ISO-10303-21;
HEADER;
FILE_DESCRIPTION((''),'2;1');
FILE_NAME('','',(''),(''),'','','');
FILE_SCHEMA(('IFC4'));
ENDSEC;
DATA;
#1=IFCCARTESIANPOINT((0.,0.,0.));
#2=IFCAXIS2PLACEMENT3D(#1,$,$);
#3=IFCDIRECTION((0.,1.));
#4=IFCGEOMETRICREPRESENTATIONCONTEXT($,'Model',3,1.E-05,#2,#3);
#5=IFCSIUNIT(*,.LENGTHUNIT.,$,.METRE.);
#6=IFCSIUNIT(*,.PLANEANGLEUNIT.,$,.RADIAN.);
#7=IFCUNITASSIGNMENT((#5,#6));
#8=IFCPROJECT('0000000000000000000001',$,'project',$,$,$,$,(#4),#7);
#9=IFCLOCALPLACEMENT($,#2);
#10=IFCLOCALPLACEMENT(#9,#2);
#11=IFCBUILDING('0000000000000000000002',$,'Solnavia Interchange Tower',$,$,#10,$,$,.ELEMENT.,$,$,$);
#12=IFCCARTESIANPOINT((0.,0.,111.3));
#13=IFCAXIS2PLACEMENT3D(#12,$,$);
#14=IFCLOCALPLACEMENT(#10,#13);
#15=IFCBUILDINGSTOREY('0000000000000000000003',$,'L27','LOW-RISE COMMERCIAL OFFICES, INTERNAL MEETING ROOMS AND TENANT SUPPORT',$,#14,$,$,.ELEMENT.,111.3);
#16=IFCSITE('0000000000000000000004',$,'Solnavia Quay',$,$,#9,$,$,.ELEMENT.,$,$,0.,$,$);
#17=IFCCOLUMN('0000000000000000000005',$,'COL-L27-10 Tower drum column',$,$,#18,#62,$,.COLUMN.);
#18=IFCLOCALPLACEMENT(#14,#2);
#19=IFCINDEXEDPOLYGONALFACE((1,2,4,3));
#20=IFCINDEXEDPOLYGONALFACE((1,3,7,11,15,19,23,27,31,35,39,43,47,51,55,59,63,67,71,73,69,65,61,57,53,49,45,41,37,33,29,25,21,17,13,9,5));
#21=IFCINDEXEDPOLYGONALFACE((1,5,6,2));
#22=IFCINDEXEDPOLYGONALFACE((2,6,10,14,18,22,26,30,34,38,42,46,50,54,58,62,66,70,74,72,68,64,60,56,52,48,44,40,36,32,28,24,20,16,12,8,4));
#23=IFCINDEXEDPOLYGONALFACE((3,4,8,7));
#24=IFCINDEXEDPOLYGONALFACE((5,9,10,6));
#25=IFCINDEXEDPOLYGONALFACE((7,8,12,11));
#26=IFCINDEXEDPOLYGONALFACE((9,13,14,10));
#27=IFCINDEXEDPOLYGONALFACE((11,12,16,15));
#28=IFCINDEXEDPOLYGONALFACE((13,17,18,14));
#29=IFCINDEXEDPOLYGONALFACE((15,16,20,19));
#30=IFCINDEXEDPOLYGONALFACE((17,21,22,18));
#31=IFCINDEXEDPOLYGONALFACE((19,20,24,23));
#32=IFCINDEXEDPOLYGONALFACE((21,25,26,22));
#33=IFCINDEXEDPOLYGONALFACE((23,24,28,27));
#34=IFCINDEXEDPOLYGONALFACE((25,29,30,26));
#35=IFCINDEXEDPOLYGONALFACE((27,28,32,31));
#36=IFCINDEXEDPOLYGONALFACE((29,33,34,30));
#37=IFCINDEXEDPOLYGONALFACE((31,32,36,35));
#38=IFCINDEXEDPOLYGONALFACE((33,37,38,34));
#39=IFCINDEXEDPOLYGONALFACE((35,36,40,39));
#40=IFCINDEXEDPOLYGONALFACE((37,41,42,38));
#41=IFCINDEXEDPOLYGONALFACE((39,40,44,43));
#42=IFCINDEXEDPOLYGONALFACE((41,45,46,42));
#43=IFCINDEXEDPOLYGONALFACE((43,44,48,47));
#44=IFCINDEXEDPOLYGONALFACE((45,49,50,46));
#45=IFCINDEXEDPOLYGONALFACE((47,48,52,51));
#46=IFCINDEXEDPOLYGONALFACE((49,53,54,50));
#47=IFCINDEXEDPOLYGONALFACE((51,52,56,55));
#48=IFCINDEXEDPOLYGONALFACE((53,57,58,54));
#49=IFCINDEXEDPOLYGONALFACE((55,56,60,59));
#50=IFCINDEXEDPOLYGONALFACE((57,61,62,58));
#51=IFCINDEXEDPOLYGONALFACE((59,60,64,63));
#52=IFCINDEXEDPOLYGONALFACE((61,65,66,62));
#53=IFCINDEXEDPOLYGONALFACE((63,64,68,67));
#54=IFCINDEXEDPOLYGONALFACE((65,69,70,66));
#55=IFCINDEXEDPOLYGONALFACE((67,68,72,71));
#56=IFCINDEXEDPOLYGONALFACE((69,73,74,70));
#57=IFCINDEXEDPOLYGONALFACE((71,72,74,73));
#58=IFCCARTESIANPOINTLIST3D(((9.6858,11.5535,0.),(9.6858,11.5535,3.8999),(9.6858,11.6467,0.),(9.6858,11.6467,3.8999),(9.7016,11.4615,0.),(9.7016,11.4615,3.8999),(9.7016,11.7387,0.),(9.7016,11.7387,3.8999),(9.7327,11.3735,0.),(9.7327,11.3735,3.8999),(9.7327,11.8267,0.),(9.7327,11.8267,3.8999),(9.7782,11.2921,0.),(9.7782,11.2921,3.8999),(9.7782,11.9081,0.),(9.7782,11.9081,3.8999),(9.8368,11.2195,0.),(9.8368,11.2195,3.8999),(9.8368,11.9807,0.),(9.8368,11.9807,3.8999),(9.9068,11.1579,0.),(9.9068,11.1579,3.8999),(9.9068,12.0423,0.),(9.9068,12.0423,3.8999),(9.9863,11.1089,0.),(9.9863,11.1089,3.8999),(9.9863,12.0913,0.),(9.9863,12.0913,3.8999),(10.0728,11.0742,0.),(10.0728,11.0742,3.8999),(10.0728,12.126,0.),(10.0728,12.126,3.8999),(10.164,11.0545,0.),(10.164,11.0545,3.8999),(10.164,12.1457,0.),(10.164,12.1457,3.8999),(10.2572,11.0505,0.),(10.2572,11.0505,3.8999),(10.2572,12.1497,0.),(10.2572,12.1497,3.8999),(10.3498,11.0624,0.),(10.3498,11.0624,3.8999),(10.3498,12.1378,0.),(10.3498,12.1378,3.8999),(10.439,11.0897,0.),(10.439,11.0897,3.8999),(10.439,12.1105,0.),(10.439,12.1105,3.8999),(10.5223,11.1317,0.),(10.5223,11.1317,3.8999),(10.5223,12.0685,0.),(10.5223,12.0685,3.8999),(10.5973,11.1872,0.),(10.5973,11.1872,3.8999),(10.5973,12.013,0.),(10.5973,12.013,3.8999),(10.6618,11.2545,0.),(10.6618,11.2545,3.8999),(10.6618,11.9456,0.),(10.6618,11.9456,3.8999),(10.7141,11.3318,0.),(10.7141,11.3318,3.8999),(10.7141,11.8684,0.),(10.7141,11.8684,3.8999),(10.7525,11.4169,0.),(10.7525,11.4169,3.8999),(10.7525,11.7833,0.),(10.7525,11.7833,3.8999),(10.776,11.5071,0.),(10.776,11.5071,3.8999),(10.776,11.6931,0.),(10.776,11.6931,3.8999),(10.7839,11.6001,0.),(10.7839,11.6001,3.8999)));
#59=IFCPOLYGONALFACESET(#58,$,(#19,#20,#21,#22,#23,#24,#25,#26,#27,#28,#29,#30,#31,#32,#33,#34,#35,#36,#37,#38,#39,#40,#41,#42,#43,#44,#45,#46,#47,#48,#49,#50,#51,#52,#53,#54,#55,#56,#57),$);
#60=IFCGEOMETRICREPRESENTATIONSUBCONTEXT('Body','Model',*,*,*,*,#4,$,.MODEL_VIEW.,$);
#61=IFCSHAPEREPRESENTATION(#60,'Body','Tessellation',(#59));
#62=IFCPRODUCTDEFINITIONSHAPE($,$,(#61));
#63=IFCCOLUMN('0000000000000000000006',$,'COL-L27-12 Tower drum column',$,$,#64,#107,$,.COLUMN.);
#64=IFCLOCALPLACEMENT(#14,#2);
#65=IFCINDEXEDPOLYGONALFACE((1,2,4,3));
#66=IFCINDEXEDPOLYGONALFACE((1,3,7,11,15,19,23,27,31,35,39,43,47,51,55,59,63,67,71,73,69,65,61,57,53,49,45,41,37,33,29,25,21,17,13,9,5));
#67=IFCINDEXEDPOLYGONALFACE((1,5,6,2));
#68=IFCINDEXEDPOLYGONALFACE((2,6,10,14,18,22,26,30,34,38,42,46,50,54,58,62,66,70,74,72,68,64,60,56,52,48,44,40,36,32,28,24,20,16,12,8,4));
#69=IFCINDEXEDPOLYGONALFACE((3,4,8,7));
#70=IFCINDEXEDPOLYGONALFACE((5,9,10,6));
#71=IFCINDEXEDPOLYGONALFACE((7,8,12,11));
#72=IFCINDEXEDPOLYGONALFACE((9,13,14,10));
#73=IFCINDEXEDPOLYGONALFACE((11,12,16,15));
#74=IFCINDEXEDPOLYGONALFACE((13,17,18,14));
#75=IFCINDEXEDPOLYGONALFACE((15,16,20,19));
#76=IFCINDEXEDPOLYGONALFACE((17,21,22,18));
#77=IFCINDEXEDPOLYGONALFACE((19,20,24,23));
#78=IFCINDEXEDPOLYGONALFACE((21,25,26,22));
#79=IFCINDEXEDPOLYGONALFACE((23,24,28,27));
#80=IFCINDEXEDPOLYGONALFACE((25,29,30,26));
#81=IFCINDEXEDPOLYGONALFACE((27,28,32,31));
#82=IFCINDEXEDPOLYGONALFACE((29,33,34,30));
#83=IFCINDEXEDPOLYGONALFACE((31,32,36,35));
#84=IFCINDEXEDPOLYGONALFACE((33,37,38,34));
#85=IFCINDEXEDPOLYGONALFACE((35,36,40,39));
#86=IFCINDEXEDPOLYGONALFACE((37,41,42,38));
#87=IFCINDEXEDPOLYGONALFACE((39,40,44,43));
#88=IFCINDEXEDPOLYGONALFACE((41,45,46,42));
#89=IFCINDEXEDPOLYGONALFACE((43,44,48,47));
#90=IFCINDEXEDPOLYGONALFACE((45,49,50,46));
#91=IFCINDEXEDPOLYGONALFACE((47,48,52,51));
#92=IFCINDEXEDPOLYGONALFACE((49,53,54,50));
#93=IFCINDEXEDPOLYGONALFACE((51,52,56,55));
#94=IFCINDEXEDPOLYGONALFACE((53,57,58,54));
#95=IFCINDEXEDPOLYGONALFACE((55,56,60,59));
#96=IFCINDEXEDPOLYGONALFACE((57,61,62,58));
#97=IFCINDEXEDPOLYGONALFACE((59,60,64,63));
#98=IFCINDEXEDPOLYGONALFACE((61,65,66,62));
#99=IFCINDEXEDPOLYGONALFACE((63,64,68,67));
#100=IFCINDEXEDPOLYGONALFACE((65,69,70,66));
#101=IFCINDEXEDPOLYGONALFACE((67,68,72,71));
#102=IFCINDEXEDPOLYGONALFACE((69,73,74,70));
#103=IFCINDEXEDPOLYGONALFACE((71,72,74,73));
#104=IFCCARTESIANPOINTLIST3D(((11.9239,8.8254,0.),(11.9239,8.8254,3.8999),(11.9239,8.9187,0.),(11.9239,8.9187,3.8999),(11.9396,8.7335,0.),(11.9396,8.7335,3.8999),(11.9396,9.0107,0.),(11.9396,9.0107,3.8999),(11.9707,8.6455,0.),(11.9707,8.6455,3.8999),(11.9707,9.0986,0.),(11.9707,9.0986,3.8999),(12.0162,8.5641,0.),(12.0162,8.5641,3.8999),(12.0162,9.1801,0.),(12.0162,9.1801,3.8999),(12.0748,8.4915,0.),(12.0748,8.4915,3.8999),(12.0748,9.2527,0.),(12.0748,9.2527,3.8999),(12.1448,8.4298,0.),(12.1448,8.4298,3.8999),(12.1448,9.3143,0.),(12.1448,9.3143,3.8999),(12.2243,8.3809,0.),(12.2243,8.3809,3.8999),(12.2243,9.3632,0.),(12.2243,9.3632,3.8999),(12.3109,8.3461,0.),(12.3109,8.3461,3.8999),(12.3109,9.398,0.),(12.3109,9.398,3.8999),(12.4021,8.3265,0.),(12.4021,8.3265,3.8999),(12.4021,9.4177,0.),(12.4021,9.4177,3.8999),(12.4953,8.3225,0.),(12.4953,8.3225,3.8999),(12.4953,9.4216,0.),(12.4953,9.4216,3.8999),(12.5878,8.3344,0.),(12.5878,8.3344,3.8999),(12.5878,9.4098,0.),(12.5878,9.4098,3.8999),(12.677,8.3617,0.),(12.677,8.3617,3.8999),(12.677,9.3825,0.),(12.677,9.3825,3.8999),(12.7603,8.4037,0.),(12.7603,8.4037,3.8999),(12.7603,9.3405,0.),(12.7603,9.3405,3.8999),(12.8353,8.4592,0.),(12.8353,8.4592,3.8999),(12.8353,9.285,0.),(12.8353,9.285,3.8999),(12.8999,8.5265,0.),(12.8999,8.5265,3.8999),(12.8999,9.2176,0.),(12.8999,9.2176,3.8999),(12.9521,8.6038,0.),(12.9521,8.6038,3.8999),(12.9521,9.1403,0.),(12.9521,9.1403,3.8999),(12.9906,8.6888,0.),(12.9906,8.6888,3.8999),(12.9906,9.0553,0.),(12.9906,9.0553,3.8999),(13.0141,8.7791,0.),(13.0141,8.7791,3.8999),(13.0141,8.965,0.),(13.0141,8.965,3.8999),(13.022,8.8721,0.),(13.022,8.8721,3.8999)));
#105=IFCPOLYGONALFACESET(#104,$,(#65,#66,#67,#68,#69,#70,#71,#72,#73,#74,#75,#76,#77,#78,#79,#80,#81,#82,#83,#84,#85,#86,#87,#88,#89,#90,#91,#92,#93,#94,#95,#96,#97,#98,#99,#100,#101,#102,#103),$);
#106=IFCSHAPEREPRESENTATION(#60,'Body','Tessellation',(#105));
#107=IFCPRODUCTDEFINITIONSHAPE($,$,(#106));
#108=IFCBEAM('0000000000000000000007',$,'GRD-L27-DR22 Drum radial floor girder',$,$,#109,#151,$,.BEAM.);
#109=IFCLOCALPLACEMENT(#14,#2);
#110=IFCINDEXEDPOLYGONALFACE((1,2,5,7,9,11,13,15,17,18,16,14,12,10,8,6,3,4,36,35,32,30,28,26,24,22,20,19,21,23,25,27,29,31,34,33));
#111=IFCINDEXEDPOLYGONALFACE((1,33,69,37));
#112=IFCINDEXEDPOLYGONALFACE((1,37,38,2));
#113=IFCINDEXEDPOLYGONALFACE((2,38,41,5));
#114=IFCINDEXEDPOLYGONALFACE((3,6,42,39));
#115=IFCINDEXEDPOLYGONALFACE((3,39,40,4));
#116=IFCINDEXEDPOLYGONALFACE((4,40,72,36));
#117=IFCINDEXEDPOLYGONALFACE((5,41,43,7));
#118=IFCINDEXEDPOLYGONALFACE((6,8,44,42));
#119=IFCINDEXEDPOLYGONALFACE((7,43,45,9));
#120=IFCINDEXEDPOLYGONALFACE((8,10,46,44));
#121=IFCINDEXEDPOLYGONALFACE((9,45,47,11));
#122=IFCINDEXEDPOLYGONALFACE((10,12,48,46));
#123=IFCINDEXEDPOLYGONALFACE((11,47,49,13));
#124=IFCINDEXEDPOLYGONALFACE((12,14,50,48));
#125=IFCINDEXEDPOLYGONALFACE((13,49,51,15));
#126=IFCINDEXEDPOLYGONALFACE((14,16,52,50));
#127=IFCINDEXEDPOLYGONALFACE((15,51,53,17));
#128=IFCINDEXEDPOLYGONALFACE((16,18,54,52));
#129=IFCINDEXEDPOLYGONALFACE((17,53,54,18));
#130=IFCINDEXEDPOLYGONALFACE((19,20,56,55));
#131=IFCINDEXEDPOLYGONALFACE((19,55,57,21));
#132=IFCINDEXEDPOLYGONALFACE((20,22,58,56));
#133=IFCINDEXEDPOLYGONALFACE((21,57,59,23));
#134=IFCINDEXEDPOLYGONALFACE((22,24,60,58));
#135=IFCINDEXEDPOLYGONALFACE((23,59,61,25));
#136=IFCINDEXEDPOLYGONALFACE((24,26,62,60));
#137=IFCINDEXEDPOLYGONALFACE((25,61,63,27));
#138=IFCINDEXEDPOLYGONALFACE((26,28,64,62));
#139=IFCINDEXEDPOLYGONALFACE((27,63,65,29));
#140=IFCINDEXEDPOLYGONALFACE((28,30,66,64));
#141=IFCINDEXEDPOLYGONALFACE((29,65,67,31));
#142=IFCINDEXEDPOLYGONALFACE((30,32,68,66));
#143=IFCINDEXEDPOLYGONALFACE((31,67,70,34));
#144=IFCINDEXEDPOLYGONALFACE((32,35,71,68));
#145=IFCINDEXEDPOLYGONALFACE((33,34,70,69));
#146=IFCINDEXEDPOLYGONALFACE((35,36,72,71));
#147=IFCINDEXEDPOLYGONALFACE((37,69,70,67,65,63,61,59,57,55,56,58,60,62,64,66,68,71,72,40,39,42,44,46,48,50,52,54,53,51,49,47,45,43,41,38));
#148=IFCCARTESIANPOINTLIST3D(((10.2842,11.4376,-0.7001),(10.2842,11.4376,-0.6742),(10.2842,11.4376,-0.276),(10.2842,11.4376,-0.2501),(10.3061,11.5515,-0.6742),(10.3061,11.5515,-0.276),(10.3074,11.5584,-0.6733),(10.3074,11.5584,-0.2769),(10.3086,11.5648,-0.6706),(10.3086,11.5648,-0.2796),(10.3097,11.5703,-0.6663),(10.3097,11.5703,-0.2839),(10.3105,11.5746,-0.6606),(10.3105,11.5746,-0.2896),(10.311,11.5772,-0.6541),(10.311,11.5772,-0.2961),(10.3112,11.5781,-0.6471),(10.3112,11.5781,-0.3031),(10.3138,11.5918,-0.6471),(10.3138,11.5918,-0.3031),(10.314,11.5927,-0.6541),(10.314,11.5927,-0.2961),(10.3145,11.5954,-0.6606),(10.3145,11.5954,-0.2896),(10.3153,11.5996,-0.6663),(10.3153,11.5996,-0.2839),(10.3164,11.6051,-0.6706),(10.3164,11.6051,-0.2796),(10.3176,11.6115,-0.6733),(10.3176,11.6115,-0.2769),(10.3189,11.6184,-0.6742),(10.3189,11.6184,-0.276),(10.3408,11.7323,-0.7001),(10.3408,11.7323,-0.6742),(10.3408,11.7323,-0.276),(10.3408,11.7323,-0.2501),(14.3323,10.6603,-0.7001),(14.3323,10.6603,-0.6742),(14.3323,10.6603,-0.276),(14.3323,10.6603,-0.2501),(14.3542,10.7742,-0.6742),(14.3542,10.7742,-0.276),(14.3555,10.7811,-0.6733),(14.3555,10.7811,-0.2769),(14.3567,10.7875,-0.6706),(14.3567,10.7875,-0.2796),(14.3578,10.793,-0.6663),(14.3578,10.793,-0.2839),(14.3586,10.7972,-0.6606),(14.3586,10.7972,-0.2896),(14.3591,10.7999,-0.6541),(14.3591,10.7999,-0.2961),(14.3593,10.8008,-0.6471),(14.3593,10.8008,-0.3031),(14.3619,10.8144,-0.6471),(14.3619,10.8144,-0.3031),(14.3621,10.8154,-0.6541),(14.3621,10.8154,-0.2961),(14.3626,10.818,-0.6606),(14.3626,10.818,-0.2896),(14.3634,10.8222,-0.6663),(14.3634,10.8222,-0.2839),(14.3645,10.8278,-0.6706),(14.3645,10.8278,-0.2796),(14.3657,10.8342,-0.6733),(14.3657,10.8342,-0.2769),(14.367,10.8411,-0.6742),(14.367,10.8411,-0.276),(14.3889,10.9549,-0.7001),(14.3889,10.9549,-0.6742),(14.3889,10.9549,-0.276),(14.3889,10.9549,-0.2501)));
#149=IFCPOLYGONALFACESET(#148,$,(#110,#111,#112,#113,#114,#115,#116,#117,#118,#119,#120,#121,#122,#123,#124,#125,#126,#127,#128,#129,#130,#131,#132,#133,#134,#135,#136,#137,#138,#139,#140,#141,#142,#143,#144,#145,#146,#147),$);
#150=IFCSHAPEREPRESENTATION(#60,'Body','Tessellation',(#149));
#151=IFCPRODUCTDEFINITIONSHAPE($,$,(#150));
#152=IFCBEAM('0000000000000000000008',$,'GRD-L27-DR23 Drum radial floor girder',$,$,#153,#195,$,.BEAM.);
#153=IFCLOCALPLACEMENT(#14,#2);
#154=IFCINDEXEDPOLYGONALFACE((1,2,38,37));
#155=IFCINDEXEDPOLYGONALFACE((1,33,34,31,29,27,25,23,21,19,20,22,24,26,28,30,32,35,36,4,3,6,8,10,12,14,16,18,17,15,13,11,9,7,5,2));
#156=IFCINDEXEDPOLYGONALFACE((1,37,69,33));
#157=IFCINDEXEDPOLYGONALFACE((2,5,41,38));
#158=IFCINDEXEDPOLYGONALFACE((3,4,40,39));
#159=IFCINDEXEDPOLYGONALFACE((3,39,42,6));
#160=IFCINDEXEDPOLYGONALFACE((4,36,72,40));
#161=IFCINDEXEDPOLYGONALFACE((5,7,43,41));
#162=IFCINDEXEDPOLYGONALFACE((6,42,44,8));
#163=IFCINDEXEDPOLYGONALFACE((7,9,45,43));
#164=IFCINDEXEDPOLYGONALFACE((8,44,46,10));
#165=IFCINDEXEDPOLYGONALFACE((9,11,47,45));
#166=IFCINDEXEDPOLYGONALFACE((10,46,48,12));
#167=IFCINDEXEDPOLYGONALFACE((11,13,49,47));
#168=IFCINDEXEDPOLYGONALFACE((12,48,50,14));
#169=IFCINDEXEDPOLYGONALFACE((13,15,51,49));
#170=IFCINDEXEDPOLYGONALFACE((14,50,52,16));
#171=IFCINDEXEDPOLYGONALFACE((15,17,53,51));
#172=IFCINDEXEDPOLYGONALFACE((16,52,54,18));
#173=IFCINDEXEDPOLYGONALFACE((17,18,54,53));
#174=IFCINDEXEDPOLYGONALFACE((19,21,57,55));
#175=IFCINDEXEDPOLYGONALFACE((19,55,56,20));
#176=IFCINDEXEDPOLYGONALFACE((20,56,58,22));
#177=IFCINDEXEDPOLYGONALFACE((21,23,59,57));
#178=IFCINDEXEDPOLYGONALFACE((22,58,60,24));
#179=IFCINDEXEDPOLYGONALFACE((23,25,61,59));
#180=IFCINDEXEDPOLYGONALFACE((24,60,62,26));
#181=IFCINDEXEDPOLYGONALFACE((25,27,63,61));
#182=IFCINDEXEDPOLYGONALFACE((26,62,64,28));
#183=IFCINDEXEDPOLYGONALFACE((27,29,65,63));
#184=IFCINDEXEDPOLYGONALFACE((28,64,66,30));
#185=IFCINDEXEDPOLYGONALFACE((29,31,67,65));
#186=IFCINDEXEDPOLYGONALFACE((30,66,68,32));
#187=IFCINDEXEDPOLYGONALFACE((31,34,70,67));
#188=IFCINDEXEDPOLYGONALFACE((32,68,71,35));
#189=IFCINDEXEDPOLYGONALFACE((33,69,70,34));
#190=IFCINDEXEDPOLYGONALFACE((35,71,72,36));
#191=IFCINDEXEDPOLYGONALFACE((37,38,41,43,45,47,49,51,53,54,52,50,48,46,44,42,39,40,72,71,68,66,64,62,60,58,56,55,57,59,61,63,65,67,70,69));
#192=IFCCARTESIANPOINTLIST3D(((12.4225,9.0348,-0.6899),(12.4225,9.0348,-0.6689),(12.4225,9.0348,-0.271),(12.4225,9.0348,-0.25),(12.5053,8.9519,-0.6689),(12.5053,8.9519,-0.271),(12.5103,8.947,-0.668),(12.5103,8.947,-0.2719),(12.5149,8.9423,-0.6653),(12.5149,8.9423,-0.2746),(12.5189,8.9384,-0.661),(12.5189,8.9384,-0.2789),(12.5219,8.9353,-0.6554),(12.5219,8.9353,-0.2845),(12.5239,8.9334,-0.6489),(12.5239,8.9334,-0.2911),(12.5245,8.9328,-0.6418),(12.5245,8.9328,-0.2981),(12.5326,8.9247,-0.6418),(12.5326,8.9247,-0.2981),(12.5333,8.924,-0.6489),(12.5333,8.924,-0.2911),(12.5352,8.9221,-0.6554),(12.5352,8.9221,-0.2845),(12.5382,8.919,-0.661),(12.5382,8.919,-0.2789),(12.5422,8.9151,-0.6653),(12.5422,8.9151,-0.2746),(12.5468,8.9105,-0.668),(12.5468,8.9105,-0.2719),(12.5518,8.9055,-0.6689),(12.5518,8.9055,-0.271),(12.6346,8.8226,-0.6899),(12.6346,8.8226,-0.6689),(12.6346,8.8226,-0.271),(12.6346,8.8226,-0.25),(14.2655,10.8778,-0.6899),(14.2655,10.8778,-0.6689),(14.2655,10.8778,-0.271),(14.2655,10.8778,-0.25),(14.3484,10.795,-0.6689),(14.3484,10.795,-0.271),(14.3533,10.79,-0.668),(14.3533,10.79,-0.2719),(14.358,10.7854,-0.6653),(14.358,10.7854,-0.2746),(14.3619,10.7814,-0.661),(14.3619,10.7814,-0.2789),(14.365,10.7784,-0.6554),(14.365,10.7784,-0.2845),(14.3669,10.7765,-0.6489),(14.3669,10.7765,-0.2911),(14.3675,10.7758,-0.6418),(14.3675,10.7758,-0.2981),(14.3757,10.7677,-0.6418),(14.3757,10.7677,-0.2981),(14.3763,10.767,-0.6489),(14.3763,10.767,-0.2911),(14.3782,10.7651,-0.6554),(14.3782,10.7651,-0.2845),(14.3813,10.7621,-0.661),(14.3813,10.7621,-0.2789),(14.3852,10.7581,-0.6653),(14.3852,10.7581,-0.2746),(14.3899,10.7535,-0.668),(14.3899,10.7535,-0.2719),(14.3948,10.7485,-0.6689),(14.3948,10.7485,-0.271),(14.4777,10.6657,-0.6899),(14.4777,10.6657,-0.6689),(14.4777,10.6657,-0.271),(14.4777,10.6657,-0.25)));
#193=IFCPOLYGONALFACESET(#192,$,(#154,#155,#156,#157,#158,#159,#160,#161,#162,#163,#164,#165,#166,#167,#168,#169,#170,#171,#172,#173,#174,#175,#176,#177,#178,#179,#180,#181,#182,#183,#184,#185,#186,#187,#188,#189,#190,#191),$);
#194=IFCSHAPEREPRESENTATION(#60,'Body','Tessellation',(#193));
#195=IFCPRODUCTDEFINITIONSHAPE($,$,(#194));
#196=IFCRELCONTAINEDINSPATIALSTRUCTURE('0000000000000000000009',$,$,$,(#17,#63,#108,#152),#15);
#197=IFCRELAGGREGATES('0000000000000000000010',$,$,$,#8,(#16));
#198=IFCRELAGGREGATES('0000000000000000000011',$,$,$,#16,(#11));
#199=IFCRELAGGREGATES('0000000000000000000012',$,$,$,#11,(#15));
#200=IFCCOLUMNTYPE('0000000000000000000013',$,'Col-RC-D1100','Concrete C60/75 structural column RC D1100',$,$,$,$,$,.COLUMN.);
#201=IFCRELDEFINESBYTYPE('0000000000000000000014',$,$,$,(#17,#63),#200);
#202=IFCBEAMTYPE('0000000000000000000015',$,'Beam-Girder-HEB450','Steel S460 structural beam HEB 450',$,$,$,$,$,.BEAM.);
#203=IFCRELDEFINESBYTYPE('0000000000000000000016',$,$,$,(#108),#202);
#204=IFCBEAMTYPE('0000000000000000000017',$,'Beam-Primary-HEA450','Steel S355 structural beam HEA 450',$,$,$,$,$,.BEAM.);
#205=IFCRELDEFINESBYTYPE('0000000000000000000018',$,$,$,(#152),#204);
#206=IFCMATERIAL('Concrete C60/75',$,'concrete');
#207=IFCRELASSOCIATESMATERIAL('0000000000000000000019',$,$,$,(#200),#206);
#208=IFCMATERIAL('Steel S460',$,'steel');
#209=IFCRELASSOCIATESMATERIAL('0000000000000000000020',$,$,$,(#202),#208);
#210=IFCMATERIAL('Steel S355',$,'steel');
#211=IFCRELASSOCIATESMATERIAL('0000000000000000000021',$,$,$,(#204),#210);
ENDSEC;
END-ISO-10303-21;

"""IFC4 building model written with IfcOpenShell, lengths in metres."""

from ifc_helpers import new_model, si_unit, direction, frame, origin, origin_2d, place, context, subcontext, project, spatial, circle, i_section, extrude, material, material_profile, profile_set, type_object, element, save


model = new_model("IFC4")

# Units and contexts
model_context = context("Model", 3, precision=1e-05, world=origin(), true_north=direction((0.0, 1.0)))
body_context = subcontext(model_context, "Body", "Model", "MODEL_VIEW")
ifc_project = project(units=[si_unit("LENGTHUNIT", "METRE"), si_unit("PLANEANGLEUNIT", "RADIAN")], contexts=[model_context])

# Site, building, storey
site_placement = place(None, origin())
site = spatial("IfcSite", under=ifc_project, at=site_placement, Name="Solnavia Quay", CompositionType="ELEMENT", RefElevation=0.0)
building_placement = place(site_placement, origin())
building = spatial("IfcBuilding", under=site, at=building_placement, Name="Solnavia Interchange Tower", CompositionType="ELEMENT")
storey_placement = place(building_placement, frame((0.0, 0.0, 111.3)))
storey = spatial("IfcBuildingStorey", under=building, at=storey_placement, Name="L27", Description="LOW-RISE COMMERCIAL OFFICES, INTERNAL MEETING ROOMS AND TENANT SUPPORT", CompositionType="ELEMENT", Elevation=111.3)

# Columns
ifc_material_1 = material(Name="Concrete C60/75", Category="concrete")
ifc_material_profile_1 = material_profile(ifc_material_1, circle(Radius=0.55, at=origin_2d()), Name="RC D1100")
ifc_profile_set_1 = profile_set([ifc_material_profile_1], Name="Concrete C60/75")
column_type = type_object("IfcColumnType", Name="Col-RC-D1100", Description="Concrete C60/75 structural column RC D1100", PredefinedType="COLUMN", material=ifc_profile_set_1)
for number, where, z_axis, x_axis, name in (
    (1, (10.2339, 11.6001, 0.0), (0.0, 0.0, 1.0), (1.0, 0.0, 0.0), "COL-L27-10 Tower drum column"),
    (2, (12.4719, 8.8721, 0.0), (0.0, 0.0, 1.0), (1.0, 0.0, 0.0), "COL-L27-12 Tower drum column"),
):
    element("IfcColumn", number, at=place(storey_placement, frame(where, z_axis=z_axis, x_axis=x_axis)), inside=storey, type_object=column_type, Name=name, PredefinedType="COLUMN", context=body_context, shape_type="SweptSolid", body=[
        extrude(circle(Radius=0.55, at=origin_2d()), origin(), (0.0, 0.0, 1.0), 3.8999),
    ])

# Beams
ifc_material_2 = material(Name="Steel S460", Category="steel")
ifc_material_profile_2 = material_profile(ifc_material_2, i_section(OverallWidth=0.3, OverallDepth=0.45, WebThickness=0.0139, FlangeThickness=0.0259, FilletRadius=0.0271, at=origin_2d()), Name="HEB 450")
ifc_profile_set_2 = profile_set([ifc_material_profile_2], Name="Steel S460")
beam_type_1 = type_object("IfcBeamType", Name="Beam-Girder-HEB450", Description="Steel S460 structural beam HEB 450", PredefinedType="BEAM", material=ifc_profile_set_2)
beam_1_placement = place(storey_placement, frame((10.3125, 11.585, -0.4751), z_axis=(0.982058, -0.188582, 0.0), x_axis=(0.188582, 0.982058, 0.0)))
element("IfcBeam", 3, at=beam_1_placement, inside=storey, type_object=beam_type_1, Name="GRD-L27-DR22 Drum radial floor girder", PredefinedType="BEAM", context=body_context, shape_type="SweptSolid", body=[
    extrude(i_section(OverallWidth=0.3, OverallDepth=0.45, WebThickness=0.0139, FlangeThickness=0.0259, FilletRadius=0.0271, at=origin_2d()), origin(), (0.0, 0.0, 1.0), 4.1221),
])
ifc_material_3 = material(Name="Steel S355", Category="steel")
ifc_material_profile_3 = material_profile(ifc_material_3, i_section(OverallWidth=0.3, OverallDepth=0.4399, WebThickness=0.0115, FlangeThickness=0.021, FilletRadius=0.0271, at=origin_2d()), Name="HEA 450")
ifc_profile_set_3 = profile_set([ifc_material_profile_3], Name="Steel S355")
beam_type_2 = type_object("IfcBeamType", Name="Beam-Primary-HEA450", Description="Steel S355 structural beam HEA 450", PredefinedType="BEAM", material=ifc_profile_set_3)
beam_2_placement = place(storey_placement, frame((12.5286, 8.9287, -0.47), z_axis=(0.707107, 0.707107, 0.0), x_axis=(-0.707107, 0.707107, 0.0)))
element("IfcBeam", 4, at=beam_2_placement, inside=storey, type_object=beam_type_2, Name="GRD-L27-DR23 Drum radial floor girder", PredefinedType="BEAM", context=body_context, shape_type="SweptSolid", body=[
    extrude(i_section(OverallWidth=0.3, OverallDepth=0.4399, WebThickness=0.0115, FlangeThickness=0.021, FilletRadius=0.0271, at=origin_2d()), origin(), (0.0, 0.0, 1.0), 2.6064),
])

save(model, "model.ifc")
